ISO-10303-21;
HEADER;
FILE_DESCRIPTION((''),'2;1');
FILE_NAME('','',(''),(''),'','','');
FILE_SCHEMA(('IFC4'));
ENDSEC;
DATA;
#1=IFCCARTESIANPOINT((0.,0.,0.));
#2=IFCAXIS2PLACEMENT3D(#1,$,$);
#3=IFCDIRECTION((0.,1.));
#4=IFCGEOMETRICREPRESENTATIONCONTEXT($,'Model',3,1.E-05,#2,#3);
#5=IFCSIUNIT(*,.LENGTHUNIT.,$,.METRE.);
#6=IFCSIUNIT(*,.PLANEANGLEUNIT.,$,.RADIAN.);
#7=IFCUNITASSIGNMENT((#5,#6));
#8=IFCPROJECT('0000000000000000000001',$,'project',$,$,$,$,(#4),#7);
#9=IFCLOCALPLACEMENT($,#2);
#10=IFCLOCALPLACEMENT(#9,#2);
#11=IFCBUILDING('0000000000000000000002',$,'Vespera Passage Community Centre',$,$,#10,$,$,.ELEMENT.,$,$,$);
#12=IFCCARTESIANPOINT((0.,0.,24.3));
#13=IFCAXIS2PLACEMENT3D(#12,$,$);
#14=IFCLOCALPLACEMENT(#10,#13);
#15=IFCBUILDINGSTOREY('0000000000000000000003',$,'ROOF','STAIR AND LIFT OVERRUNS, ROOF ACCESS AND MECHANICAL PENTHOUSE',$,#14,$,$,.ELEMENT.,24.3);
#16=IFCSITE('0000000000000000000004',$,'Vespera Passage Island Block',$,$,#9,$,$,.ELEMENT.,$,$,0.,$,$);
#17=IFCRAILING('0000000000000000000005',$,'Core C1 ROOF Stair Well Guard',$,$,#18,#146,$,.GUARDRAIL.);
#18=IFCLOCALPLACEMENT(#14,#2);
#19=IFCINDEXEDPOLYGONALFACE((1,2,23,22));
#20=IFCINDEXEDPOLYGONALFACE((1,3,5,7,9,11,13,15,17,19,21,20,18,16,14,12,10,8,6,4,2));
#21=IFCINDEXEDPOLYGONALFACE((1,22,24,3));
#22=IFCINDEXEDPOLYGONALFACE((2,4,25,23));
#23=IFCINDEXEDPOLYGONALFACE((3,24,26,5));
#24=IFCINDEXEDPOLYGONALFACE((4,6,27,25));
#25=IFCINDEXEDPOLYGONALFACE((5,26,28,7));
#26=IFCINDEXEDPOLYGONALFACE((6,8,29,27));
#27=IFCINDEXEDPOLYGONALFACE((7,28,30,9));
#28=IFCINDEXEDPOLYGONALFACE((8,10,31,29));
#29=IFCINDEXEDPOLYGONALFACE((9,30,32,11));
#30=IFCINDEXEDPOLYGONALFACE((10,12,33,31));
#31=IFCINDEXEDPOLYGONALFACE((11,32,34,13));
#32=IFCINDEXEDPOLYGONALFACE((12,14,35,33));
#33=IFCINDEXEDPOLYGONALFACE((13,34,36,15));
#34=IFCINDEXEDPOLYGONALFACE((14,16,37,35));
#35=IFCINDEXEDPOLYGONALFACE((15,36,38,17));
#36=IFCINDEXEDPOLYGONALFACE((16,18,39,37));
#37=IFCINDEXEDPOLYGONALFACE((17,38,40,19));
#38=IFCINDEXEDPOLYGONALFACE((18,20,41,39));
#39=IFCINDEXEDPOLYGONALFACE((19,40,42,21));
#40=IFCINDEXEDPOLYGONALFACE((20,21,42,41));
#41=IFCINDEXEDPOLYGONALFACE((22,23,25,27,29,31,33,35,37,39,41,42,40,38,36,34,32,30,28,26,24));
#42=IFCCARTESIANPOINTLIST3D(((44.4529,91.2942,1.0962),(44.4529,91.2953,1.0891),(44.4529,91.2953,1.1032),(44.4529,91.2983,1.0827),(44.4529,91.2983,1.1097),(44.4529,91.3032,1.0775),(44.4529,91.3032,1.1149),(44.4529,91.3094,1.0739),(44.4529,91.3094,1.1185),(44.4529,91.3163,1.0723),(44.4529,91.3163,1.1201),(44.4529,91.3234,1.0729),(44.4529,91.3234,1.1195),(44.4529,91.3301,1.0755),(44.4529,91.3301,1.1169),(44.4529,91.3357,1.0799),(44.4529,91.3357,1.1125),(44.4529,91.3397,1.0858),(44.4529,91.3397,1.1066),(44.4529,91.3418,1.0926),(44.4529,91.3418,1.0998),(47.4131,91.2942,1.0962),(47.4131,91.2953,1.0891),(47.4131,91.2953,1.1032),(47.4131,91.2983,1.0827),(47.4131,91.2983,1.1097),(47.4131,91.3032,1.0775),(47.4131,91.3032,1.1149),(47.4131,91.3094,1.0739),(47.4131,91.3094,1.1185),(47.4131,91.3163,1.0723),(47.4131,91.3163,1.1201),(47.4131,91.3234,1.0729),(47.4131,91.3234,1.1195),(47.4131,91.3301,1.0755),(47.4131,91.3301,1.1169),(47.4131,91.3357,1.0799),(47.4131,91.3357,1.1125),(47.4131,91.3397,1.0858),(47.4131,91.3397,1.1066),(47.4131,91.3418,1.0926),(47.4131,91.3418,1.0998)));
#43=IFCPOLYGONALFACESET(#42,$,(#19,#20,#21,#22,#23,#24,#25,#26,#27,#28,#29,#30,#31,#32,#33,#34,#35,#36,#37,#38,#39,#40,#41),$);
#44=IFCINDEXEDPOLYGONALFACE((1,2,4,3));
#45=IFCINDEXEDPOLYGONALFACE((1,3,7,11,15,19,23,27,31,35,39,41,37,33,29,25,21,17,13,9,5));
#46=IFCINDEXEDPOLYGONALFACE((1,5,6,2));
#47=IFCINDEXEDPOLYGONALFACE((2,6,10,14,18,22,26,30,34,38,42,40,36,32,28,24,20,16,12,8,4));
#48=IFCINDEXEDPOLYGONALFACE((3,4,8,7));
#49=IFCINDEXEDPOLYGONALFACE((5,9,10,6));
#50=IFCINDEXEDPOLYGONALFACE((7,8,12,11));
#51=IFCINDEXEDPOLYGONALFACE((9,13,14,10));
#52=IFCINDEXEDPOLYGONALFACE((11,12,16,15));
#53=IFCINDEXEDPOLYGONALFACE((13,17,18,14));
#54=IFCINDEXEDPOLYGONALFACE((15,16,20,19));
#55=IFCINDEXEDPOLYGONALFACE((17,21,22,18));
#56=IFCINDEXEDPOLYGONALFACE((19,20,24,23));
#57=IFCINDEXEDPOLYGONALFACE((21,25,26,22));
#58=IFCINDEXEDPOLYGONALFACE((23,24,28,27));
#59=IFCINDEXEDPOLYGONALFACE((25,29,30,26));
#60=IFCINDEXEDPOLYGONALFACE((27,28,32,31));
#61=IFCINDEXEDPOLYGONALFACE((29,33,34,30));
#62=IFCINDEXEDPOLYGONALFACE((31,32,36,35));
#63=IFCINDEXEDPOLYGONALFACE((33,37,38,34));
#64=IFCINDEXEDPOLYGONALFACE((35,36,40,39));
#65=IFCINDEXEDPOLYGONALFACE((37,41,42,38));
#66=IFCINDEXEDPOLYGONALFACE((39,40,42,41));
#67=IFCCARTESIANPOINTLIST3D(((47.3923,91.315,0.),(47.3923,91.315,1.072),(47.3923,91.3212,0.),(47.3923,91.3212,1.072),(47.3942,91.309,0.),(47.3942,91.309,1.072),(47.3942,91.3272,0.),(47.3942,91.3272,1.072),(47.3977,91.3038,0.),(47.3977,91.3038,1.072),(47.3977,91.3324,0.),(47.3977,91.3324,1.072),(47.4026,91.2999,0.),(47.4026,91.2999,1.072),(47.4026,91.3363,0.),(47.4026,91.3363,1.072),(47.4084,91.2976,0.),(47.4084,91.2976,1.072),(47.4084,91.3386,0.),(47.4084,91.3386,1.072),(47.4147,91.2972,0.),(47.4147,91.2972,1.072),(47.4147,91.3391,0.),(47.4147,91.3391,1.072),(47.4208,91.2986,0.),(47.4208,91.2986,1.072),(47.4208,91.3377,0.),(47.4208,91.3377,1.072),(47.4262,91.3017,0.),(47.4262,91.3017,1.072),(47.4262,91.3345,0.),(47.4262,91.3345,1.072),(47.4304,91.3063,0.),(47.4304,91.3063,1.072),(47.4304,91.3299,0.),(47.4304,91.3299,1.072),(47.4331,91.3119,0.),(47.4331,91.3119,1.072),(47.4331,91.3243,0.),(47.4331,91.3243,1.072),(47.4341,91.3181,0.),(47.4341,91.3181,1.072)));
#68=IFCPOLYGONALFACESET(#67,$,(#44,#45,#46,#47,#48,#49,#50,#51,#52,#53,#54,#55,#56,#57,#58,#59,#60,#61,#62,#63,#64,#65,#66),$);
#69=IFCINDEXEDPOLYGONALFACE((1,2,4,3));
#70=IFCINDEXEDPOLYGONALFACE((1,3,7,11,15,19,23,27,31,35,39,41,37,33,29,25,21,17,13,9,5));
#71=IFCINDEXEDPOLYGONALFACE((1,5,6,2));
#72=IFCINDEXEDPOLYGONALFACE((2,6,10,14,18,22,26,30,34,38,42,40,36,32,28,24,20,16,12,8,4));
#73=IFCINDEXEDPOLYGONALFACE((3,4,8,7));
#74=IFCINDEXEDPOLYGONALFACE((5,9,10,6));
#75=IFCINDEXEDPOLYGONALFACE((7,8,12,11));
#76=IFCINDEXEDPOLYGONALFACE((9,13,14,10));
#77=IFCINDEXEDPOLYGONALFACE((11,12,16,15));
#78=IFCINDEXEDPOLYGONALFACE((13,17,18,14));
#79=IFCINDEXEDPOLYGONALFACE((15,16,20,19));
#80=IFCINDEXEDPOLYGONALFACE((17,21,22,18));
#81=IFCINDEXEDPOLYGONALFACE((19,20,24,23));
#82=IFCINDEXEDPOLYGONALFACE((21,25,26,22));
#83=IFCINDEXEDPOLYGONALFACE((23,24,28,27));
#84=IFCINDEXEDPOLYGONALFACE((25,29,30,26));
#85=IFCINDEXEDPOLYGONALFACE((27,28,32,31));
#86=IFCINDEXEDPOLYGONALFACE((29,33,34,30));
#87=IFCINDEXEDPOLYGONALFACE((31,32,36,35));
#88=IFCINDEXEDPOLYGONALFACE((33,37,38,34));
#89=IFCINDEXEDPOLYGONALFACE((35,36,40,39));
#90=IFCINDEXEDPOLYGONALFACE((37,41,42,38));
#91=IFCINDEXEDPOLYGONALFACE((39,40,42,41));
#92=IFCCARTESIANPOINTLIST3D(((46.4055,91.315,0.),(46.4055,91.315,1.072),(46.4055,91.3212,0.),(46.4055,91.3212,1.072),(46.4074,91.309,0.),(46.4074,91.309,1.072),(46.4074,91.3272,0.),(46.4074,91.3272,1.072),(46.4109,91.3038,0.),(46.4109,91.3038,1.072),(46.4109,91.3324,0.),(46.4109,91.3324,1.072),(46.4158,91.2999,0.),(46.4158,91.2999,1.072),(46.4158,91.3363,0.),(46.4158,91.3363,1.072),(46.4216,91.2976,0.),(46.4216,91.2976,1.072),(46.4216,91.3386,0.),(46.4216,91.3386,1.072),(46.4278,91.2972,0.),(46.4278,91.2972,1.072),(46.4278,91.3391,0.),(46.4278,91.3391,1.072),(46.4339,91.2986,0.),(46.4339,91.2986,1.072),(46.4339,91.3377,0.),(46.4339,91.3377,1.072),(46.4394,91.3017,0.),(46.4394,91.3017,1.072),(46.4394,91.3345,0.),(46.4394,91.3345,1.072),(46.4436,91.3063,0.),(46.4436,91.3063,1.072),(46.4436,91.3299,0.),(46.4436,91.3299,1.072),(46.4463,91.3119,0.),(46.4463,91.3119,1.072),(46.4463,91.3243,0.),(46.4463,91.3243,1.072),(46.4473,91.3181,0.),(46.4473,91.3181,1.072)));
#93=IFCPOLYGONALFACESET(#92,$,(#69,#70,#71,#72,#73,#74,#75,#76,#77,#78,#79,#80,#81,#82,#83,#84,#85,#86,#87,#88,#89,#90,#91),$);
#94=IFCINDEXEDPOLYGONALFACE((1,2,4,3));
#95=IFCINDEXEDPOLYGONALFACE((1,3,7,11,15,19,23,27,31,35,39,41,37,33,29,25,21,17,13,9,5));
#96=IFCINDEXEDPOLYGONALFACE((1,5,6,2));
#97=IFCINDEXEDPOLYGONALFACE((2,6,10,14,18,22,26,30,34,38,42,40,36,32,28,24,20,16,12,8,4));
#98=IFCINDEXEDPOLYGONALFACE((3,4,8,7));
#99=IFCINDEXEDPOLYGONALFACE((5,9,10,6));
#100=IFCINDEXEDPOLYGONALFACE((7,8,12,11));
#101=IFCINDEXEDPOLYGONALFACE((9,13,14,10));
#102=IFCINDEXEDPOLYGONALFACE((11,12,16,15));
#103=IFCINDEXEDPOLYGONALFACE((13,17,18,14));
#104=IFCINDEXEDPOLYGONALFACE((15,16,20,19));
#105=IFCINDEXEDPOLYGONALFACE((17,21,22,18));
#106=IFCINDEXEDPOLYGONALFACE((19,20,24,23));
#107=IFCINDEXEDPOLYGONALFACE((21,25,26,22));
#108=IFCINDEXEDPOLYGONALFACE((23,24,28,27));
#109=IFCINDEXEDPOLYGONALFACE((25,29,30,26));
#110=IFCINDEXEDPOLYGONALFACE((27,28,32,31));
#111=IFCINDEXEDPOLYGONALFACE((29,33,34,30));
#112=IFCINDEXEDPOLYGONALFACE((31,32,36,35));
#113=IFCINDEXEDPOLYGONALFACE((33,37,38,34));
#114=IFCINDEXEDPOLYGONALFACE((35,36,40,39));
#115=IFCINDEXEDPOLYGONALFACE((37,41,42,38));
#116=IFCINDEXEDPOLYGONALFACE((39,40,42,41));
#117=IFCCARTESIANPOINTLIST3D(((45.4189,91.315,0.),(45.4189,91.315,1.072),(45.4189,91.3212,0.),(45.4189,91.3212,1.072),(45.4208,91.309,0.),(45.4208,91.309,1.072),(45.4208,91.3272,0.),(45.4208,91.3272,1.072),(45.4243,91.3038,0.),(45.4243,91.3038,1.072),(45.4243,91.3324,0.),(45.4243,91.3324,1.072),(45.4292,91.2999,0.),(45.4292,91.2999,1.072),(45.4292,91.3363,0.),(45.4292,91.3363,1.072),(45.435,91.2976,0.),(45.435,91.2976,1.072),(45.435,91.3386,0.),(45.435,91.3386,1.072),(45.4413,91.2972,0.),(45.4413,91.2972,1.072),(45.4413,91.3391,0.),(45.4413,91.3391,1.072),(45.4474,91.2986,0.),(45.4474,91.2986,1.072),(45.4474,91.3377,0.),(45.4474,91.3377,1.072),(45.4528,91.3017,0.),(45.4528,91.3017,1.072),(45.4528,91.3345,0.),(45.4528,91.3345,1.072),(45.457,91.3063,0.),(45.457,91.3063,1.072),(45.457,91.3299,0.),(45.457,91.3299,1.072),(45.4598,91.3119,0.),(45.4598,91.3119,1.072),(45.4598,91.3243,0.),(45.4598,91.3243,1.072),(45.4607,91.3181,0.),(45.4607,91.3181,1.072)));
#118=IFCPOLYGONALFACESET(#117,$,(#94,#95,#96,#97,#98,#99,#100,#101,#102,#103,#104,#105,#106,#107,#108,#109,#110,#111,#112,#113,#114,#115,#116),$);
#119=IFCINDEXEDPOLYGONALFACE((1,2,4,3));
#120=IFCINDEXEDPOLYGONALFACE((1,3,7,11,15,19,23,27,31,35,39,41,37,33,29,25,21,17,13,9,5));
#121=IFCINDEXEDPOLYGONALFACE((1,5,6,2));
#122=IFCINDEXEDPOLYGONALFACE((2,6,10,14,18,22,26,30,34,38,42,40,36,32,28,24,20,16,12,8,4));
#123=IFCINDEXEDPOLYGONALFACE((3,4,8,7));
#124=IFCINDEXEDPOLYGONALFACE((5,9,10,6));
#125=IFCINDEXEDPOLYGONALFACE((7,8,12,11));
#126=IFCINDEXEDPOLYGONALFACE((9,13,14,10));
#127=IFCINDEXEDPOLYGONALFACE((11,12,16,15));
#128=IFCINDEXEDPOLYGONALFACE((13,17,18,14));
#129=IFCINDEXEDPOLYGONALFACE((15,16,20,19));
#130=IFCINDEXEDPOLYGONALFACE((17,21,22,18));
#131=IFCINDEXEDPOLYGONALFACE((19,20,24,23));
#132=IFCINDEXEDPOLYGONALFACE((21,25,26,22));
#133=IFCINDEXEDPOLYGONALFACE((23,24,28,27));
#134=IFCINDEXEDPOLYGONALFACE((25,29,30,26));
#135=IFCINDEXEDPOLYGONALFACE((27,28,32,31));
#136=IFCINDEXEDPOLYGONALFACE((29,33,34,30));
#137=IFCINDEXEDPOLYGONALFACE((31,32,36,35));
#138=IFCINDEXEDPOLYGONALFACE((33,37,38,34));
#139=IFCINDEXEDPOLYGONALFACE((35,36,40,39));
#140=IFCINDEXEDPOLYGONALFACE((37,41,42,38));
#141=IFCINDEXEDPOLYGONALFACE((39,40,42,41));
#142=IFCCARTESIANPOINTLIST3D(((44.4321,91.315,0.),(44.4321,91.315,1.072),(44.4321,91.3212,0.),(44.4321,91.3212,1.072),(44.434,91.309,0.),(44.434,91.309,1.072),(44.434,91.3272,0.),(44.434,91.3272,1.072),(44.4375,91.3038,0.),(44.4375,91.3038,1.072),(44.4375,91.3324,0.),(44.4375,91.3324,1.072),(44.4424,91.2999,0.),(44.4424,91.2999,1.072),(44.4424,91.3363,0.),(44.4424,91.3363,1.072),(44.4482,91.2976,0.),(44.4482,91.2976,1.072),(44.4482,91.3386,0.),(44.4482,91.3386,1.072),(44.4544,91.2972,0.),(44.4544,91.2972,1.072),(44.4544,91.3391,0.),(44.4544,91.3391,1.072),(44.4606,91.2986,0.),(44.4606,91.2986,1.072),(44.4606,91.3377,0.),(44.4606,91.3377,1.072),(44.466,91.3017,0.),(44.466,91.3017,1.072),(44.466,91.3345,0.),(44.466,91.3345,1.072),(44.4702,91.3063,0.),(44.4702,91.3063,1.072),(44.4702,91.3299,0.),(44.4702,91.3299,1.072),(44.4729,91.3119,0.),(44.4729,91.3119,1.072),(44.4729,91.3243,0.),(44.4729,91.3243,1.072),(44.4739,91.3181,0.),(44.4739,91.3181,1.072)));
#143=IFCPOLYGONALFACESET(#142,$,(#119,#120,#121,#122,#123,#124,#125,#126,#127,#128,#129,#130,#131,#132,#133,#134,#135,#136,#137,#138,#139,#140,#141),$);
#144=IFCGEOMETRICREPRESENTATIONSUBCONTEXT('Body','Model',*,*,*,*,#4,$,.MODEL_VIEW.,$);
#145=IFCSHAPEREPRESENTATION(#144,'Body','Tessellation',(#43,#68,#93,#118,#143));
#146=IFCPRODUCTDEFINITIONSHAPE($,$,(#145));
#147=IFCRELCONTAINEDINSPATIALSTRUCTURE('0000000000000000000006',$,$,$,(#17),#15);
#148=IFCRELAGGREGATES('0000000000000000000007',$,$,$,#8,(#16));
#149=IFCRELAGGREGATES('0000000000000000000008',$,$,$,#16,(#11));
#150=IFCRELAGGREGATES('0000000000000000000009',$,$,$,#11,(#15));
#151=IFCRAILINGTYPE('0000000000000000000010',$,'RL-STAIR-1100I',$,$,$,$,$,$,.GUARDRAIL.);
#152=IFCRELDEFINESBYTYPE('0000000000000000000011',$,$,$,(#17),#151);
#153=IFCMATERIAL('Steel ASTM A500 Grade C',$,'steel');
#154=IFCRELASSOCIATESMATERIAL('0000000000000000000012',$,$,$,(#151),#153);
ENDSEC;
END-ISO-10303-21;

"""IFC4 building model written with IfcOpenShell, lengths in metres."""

from ifc_helpers import new_model, si_unit, direction, frame, origin, origin_2d, place, context, subcontext, project, spatial, circle, extrude, material, type_object, element, save


model = new_model("IFC4")

# Units and contexts
model_context = context("Model", 3, precision=1e-05, world=origin(), true_north=direction((0.0, 1.0)))
body_context = subcontext(model_context, "Body", "Model", "MODEL_VIEW")
ifc_project = project(units=[si_unit("LENGTHUNIT", "METRE"), si_unit("PLANEANGLEUNIT", "RADIAN")], contexts=[model_context])

# Site, building, storey
site_placement = place(None, origin())
site = spatial("IfcSite", under=ifc_project, at=site_placement, Name="Vespera Passage Island Block", CompositionType="ELEMENT", RefElevation=0.0)
building_placement = place(site_placement, origin())
building = spatial("IfcBuilding", under=site, at=building_placement, Name="Vespera Passage Community Centre", CompositionType="ELEMENT")
storey_placement = place(building_placement, frame((0.0, 0.0, 24.3)))
storey = spatial("IfcBuildingStorey", under=building, at=storey_placement, Name="ROOF", Description="STAIR AND LIFT OVERRUNS, ROOF ACCESS AND MECHANICAL PENTHOUSE", CompositionType="ELEMENT", Elevation=24.3)

# Railing
ifc_material_1 = material(Name="Steel ASTM A500 Grade C", Category="steel")
railing_type_1 = type_object("IfcRailingType", Name="RL-STAIR-1100I", PredefinedType="GUARDRAIL", material=ifc_material_1)
railing_1_placement = place(storey_placement, frame((47.4131, 91.3181, 0.0)))
element("IfcRailing", 1, at=railing_1_placement, inside=storey, type_object=railing_type_1, Name="Core C1 ROOF Stair Well Guard", PredefinedType="GUARDRAIL", context=body_context, shape_type="SweptSolid", body=[
    extrude(circle(Radius=0.0239, at=origin_2d()), frame((0.0, 0.0, 1.0962), z_axis=(-1.0, 0.0, 0.0), x_axis=(0.0, -1.0, 0.0)), (0.0, 0.0, 1.0), 2.9602),
    extrude(circle(Radius=0.021, at=origin_2d()), origin(), (0.0, 0.0, 1.0), 1.072),
    extrude(circle(Radius=0.021, at=origin_2d()), frame((-0.9868, 0.0, 0.0)), (0.0, 0.0, 1.0), 1.072),
    extrude(circle(Radius=0.021, at=origin_2d()), frame((-1.9734, 0.0, 0.0)), (0.0, 0.0, 1.0), 1.072),
    extrude(circle(Radius=0.021, at=origin_2d()), frame((-2.9602, 0.0, 0.0)), (0.0, 0.0, 1.0), 1.072),
])

save(model, "model.ifc")
